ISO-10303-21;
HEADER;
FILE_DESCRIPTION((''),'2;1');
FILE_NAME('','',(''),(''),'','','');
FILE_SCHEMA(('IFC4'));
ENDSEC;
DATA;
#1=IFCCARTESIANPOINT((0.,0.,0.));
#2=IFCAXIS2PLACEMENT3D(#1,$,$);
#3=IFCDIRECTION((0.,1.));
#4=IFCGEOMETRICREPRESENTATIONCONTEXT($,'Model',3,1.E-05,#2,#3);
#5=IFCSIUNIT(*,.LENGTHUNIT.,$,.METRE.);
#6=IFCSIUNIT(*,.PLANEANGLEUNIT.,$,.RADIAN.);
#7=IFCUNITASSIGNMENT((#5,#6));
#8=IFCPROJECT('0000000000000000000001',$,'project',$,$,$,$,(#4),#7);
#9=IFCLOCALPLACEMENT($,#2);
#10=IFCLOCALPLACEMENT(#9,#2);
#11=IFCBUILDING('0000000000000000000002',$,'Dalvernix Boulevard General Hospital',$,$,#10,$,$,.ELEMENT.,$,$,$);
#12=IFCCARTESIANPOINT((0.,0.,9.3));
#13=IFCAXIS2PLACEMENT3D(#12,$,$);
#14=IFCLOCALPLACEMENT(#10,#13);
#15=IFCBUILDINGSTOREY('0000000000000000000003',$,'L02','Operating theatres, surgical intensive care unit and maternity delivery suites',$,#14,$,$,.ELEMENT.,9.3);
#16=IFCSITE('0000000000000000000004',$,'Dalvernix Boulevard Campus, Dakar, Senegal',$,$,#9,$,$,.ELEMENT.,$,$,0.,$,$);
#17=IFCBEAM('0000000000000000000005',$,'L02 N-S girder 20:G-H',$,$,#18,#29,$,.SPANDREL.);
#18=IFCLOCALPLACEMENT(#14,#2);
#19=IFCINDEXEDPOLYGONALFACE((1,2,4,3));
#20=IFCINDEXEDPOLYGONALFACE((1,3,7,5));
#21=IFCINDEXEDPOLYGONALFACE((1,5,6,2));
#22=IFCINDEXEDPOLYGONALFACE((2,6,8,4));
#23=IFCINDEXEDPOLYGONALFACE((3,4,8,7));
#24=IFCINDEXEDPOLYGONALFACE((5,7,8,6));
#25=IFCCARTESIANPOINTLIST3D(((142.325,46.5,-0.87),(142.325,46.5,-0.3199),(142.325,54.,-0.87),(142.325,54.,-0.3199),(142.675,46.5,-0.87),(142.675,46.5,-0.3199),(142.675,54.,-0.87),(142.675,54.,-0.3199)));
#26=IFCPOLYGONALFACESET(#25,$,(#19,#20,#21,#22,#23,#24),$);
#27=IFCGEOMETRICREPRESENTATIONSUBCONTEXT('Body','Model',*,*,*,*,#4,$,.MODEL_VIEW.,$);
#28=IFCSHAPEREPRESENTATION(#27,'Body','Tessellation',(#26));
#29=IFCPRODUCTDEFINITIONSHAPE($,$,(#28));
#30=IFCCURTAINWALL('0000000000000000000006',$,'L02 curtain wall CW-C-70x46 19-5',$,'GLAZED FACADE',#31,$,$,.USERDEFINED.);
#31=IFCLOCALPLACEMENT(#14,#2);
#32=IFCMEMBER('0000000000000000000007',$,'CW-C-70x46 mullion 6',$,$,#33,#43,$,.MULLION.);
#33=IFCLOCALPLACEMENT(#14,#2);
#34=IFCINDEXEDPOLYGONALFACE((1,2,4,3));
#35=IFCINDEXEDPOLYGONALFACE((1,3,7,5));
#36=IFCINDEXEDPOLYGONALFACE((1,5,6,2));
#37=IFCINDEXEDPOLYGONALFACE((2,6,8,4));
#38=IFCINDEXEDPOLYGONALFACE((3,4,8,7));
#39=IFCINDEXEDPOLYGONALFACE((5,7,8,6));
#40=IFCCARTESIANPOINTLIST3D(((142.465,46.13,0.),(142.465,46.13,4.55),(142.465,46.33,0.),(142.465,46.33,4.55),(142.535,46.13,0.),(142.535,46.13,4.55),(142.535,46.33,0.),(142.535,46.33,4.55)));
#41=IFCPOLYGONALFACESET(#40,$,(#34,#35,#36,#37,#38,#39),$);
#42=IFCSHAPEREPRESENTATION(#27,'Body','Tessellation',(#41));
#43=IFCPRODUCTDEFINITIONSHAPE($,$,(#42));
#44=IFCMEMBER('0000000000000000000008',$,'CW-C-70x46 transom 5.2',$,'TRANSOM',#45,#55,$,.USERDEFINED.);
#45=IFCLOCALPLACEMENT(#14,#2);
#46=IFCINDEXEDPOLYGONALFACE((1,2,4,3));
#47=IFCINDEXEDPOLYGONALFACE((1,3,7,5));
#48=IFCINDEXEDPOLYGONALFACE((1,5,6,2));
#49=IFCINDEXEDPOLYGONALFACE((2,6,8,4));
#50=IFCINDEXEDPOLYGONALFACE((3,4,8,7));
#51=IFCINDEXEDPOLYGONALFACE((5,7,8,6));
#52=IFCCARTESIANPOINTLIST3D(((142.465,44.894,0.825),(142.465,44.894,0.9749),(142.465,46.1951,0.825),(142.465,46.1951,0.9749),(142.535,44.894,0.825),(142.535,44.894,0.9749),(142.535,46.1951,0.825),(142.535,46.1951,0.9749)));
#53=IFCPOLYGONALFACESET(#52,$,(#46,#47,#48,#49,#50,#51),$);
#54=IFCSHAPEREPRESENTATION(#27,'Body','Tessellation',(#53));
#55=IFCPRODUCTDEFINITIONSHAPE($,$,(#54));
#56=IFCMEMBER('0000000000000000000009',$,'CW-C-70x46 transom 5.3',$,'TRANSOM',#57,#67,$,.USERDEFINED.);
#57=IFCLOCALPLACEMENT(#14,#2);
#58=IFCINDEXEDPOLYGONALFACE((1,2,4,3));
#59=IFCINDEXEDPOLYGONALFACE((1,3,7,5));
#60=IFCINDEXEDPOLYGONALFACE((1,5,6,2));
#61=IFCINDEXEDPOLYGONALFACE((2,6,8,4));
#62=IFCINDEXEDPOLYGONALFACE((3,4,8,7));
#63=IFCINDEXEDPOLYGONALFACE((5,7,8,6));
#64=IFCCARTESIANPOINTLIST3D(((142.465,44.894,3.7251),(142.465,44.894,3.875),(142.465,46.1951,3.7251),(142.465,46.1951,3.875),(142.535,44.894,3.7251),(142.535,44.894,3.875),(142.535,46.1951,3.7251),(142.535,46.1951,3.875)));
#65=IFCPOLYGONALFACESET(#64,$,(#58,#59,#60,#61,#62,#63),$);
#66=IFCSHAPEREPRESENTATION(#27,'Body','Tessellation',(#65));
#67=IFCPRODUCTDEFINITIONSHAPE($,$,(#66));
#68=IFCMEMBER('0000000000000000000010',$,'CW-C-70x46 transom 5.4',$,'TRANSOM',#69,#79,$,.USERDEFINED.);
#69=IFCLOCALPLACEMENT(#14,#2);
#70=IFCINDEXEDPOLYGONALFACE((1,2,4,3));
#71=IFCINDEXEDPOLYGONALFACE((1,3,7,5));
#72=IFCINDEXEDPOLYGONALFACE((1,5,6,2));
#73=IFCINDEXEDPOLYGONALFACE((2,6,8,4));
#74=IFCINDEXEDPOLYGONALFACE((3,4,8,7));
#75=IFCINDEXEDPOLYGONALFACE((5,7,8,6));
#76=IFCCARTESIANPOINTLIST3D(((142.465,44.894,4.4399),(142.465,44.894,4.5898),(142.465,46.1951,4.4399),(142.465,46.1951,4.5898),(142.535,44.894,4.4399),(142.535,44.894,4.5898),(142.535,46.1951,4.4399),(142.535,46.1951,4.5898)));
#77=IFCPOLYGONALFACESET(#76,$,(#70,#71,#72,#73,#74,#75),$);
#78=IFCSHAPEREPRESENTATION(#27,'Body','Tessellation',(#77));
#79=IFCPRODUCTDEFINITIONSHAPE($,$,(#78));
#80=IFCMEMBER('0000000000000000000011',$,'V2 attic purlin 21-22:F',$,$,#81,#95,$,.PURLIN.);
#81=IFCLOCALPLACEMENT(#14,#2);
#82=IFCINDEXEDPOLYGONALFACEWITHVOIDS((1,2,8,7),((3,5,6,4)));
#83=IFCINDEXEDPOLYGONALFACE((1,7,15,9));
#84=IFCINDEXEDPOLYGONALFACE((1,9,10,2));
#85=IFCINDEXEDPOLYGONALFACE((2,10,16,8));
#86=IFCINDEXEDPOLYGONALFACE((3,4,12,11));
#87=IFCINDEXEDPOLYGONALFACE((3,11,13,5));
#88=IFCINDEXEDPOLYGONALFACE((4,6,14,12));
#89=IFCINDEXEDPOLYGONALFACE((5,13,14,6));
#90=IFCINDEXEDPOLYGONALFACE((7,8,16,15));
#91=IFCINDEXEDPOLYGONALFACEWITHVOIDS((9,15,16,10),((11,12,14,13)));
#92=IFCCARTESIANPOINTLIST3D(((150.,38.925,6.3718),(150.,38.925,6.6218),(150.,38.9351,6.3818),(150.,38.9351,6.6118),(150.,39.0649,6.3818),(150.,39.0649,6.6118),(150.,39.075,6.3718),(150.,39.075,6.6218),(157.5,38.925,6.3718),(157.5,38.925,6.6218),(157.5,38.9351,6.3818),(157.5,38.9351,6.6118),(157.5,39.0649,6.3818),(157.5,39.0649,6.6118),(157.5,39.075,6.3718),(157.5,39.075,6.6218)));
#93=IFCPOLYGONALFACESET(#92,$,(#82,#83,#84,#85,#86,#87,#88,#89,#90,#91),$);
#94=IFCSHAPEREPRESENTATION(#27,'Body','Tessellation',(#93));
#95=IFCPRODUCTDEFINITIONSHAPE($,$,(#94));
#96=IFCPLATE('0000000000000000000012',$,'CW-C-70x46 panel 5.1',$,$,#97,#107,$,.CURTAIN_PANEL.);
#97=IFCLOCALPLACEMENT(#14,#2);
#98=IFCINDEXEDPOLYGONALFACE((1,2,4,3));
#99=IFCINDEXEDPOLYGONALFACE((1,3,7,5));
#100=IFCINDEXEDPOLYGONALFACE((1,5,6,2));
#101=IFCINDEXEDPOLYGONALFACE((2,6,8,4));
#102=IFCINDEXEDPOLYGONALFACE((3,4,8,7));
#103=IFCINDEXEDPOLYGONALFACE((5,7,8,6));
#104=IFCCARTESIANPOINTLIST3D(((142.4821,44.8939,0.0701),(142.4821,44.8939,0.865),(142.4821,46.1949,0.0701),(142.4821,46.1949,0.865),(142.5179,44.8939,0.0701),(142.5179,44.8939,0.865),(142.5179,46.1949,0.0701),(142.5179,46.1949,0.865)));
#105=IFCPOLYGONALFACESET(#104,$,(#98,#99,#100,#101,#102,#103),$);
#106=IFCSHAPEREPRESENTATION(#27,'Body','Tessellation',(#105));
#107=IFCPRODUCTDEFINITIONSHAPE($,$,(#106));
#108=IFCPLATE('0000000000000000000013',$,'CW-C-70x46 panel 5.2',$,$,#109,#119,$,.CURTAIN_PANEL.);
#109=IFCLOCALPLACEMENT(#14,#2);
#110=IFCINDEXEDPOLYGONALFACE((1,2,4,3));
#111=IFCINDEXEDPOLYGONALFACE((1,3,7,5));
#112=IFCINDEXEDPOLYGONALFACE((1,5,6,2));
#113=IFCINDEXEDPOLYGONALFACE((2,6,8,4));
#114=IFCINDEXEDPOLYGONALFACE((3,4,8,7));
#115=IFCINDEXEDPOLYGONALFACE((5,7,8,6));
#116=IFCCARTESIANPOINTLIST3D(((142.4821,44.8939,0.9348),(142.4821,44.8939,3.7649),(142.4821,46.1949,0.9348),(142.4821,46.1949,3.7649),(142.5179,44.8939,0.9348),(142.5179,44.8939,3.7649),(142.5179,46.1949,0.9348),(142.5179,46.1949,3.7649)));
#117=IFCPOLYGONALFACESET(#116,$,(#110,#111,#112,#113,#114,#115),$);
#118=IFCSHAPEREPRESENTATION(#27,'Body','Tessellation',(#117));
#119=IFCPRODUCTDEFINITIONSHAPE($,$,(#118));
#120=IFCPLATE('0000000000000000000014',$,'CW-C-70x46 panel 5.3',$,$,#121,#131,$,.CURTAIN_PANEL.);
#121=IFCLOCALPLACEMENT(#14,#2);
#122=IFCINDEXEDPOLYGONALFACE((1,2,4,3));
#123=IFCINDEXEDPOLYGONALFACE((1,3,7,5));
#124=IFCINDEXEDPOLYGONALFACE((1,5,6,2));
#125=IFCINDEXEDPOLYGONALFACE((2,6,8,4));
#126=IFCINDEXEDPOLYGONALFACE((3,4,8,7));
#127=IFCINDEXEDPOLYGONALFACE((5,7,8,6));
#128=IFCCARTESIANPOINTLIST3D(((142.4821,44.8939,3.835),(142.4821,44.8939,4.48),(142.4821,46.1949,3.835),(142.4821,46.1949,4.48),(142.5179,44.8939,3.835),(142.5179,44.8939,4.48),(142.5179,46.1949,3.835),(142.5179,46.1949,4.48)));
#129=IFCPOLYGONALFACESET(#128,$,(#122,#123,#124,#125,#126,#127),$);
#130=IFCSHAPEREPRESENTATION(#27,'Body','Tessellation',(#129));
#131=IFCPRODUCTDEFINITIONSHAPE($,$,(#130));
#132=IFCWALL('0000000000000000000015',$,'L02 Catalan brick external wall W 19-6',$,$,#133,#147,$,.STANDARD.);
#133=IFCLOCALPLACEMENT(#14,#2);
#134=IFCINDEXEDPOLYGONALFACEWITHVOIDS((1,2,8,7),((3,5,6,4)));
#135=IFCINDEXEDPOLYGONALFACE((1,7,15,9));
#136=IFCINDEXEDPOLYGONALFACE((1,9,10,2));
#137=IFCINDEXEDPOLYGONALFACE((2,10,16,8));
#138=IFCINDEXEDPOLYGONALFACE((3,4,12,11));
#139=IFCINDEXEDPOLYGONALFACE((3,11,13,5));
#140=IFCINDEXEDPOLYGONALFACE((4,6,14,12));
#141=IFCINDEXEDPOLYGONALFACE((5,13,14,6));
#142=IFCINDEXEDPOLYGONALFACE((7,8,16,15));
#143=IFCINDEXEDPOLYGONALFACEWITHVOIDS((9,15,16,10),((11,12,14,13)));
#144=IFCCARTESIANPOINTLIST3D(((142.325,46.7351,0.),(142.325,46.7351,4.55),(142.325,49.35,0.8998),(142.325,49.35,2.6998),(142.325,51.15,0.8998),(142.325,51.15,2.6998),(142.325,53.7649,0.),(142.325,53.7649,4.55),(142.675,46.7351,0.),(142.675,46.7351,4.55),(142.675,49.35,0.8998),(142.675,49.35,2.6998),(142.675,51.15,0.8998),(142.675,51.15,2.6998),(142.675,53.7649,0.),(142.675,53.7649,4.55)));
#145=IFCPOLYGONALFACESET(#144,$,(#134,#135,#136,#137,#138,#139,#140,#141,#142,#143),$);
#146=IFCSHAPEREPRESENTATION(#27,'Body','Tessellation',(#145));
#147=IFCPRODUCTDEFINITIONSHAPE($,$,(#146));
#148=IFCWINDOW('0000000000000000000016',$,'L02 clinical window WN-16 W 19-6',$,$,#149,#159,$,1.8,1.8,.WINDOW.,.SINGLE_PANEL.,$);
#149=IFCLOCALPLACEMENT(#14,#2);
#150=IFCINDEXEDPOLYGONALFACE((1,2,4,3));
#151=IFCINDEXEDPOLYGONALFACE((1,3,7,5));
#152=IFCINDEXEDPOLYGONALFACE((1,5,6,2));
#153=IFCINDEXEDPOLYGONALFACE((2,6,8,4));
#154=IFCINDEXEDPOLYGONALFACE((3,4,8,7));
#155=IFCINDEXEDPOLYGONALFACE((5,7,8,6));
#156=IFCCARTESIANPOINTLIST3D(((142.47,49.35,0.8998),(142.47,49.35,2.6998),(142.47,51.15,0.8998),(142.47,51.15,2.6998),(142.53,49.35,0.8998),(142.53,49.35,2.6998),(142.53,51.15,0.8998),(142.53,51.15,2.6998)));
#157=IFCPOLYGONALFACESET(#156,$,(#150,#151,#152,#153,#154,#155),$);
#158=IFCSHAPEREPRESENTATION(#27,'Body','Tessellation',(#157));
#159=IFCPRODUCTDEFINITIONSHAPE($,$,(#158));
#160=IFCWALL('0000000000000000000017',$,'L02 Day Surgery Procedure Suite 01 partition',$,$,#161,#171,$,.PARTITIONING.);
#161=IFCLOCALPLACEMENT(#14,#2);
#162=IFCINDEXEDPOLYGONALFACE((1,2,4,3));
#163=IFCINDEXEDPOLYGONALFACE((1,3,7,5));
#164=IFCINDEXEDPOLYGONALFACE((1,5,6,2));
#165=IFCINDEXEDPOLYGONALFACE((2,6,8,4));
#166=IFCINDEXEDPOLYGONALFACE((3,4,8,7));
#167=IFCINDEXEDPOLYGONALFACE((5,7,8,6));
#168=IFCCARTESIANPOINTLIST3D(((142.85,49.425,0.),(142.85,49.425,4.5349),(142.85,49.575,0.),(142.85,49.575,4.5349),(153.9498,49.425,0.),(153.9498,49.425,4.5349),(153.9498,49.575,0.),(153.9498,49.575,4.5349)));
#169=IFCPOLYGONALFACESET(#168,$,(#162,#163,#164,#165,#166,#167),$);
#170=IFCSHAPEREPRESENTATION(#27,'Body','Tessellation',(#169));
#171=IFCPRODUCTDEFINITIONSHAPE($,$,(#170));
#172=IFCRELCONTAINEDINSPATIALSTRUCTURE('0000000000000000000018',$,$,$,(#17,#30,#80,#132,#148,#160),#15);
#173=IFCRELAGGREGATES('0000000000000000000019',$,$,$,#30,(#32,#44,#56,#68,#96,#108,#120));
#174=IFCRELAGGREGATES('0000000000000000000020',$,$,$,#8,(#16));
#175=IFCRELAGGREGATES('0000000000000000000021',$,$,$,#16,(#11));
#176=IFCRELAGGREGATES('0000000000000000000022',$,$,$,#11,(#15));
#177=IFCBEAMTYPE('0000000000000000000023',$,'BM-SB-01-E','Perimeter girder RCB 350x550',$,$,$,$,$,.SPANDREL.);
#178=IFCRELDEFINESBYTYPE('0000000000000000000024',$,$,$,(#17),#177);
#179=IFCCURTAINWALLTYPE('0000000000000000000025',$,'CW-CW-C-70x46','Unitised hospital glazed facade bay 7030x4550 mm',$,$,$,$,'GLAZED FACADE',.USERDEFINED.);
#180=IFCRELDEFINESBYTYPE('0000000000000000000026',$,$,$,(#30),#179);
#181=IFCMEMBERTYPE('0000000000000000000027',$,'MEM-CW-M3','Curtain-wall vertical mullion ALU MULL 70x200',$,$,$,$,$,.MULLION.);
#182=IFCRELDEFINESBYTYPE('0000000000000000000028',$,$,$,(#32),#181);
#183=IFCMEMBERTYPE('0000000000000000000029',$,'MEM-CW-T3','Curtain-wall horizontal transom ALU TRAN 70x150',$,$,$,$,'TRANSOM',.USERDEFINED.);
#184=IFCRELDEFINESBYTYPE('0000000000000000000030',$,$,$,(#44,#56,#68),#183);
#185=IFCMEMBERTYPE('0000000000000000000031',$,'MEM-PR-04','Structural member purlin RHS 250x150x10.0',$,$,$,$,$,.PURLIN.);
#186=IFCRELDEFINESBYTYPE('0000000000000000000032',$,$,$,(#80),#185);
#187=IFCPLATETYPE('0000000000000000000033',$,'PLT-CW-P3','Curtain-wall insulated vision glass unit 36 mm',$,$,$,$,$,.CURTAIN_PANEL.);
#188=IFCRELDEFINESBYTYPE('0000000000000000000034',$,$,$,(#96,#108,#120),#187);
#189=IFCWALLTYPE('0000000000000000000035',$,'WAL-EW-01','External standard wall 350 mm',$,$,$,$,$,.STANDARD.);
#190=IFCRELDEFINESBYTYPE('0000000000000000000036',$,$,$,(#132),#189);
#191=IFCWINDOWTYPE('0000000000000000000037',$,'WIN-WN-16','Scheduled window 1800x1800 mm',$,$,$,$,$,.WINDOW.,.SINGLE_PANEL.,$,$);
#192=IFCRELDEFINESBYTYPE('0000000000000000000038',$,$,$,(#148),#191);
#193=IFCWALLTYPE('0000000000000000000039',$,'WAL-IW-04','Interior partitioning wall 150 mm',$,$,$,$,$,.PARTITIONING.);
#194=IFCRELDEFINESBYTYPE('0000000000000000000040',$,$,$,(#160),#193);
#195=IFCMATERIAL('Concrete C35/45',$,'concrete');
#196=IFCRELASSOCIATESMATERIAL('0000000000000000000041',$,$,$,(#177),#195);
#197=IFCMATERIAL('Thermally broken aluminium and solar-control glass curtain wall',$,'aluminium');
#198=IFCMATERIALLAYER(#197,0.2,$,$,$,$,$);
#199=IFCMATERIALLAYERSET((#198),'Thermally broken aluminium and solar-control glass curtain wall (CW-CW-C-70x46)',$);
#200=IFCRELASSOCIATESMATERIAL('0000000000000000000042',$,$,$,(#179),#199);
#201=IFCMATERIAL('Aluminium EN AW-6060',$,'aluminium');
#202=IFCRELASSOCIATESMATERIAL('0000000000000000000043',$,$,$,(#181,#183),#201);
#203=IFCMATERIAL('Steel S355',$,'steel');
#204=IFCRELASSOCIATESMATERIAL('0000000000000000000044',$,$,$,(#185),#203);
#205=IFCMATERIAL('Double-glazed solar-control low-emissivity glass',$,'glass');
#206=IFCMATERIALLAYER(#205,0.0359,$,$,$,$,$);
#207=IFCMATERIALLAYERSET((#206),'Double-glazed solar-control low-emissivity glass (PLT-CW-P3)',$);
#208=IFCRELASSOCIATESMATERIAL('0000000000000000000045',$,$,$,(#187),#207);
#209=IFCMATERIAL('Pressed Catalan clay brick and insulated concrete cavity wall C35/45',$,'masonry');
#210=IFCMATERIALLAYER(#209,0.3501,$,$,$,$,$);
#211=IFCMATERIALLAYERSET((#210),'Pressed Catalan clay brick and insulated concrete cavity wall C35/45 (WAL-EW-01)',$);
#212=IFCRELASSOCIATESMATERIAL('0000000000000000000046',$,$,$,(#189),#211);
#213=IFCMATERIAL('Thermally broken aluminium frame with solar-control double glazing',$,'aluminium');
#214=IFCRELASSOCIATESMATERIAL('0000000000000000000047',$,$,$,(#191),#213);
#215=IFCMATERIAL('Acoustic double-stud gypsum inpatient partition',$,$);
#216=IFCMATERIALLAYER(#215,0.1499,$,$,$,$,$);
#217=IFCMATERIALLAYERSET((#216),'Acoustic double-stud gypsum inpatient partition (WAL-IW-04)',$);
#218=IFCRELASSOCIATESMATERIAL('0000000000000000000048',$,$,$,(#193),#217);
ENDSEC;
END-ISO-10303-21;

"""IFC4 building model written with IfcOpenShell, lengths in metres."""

from ifc_helpers import new_model, si_unit, direction, frame, frame_2d, origin, origin_2d, place, context, subcontext, project, spatial, rectangle, hollow_rectangle, extrude, material, layer, layer_set, material_profile, profile_set, type_object, element, fill, aggregate, save


model = new_model("IFC4")

# Units and contexts
model_context = context("Model", 3, precision=1e-05, world=origin(), true_north=direction((0.0, 1.0)))
body_context = subcontext(model_context, "Body", "Model", "MODEL_VIEW")
ifc_project = project(units=[si_unit("LENGTHUNIT", "METRE"), si_unit("PLANEANGLEUNIT", "RADIAN")], contexts=[model_context])

# Site, building, storey
site_placement = place(None, origin())
site = spatial("IfcSite", under=ifc_project, at=site_placement, Name="Dalvernix Boulevard Campus, Dakar, Senegal", CompositionType="ELEMENT", RefElevation=0.0)
building_placement = place(site_placement, origin())
building = spatial("IfcBuilding", under=site, at=building_placement, Name="Dalvernix Boulevard General Hospital", CompositionType="ELEMENT")
storey_placement = place(building_placement, frame((0.0, 0.0, 9.3)))
storey = spatial("IfcBuildingStorey", under=building, at=storey_placement, Name="L02", Description="Operating theatres, surgical intensive care unit and maternity delivery suites", CompositionType="ELEMENT", Elevation=9.3)

# Shared definitions
ifc_material_1 = material(Name="Steel S355", Category="steel")

# Beam
ifc_material_2 = material(Name="Concrete C35/45", Category="concrete")
ifc_material_profile_1 = material_profile(ifc_material_2, rectangle(XDim=0.3501, YDim=0.55, at=origin_2d()), Name="RCB 350x550")
ifc_profile_set_1 = profile_set([ifc_material_profile_1], Name="Concrete C35/45")
beam_type_1 = type_object("IfcBeamType", Name="BM-SB-01-E", Description="Perimeter girder RCB 350x550", PredefinedType="SPANDREL", material=ifc_profile_set_1)
beam_1_placement = place(storey_placement, frame((142.5, 46.5, -0.595), z_axis=(0.0, 1.0, 0.0), x_axis=(-1.0, 0.0, 0.0)))
element("IfcBeam", 1, at=beam_1_placement, inside=storey, type_object=beam_type_1, Name="L02 N-S girder 20:G-H", PredefinedType="SPANDREL", context=body_context, shape_type="SweptSolid", body=[
    extrude(rectangle(XDim=0.3501, YDim=0.55, at=origin_2d()), origin(), (0.0, 0.0, 1.0), 7.5),
])

# Curtain wall, members
ifc_material_3 = material(Name="Thermally broken aluminium and solar-control glass curtain wall", Category="aluminium")
ifc_layer_1 = layer(ifc_material_3, 0.2)
ifc_layer_set_1 = layer_set([ifc_layer_1], Name="Thermally broken aluminium and solar-control glass curtain wall (CW-CW-C-70x46)")
curtain_wall_type = type_object("IfcCurtainWallType", Name="CW-CW-C-70x46", Description="Unitised hospital glazed facade bay 7030x4550 mm", ElementType="GLAZED FACADE", PredefinedType="USERDEFINED", material=ifc_layer_set_1)
curtain_wall_placement = place(storey_placement, origin())
curtain_wall = element("IfcCurtainWall", 2, at=curtain_wall_placement, inside=storey, type_object=curtain_wall_type, Name="L02 curtain wall CW-C-70x46 19-5", ObjectType="GLAZED FACADE", PredefinedType="USERDEFINED")
ifc_material_4 = material(Name="Aluminium EN AW-6060", Category="aluminium")
ifc_material_profile_2 = material_profile(ifc_material_4, rectangle(XDim=0.0701, YDim=0.2, at=origin_2d()), Name="ALU MULL 70x200")
ifc_profile_set_2 = profile_set([ifc_material_profile_2], Name="Aluminium EN AW-6060")
member_type_1 = type_object("IfcMemberType", Name="MEM-CW-M3", Description="Curtain-wall vertical mullion ALU MULL 70x200", PredefinedType="MULLION", material=ifc_profile_set_2)
member_1_placement = place(storey_placement, frame((142.5, 46.23, 0.0), z_axis=(0.0, 0.0, 1.0), x_axis=(-1.0, 0.0, 0.0)))
member_1 = element("IfcMember", 3, at=member_1_placement, type_object=member_type_1, Name="CW-C-70x46 mullion 6", PredefinedType="MULLION", context=body_context, shape_type="SweptSolid", body=[
    extrude(rectangle(XDim=0.0701, YDim=0.2, at=origin_2d()), origin(), (0.0, 0.0, 1.0), 4.55),
])
ifc_material_profile_3 = material_profile(ifc_material_4, rectangle(XDim=0.0701, YDim=0.1499, at=origin_2d()), Name="ALU TRAN 70x150")
ifc_profile_set_3 = profile_set([ifc_material_profile_3], Name="Aluminium EN AW-6060")
member_type_2 = type_object("IfcMemberType", Name="MEM-CW-T3", Description="Curtain-wall horizontal transom ALU TRAN 70x150", ElementType="TRANSOM", PredefinedType="USERDEFINED", material=ifc_profile_set_3)
member_2_placement = place(storey_placement, frame((142.5, 44.894, 0.8999), z_axis=(0.0, 1.0, 0.0), x_axis=(-1.0, 0.0, 0.0)))
member_2 = element("IfcMember", 4, at=member_2_placement, type_object=member_type_2, Name="CW-C-70x46 transom 5.2", ObjectType="TRANSOM", PredefinedType="USERDEFINED", context=body_context, shape_type="SweptSolid", body=[
    extrude(rectangle(XDim=0.0701, YDim=0.1499, at=origin_2d()), origin(), (0.0, 0.0, 1.0), 1.301),
])
member_3_placement = place(storey_placement, frame((142.5, 44.894, 3.8), z_axis=(0.0, 1.0, 0.0), x_axis=(-1.0, 0.0, 0.0)))
member_3 = element("IfcMember", 5, at=member_3_placement, type_object=member_type_2, Name="CW-C-70x46 transom 5.3", ObjectType="TRANSOM", PredefinedType="USERDEFINED", context=body_context, shape_type="SweptSolid", body=[
    extrude(rectangle(XDim=0.0701, YDim=0.1499, at=origin_2d()), origin(), (0.0, 0.0, 1.0), 1.301),
])
member_4_placement = place(storey_placement, frame((142.5, 44.894, 4.5149), z_axis=(0.0, 1.0, 0.0), x_axis=(-1.0, 0.0, 0.0)))
member_4 = element("IfcMember", 6, at=member_4_placement, type_object=member_type_2, Name="CW-C-70x46 transom 5.4", ObjectType="TRANSOM", PredefinedType="USERDEFINED", context=body_context, shape_type="SweptSolid", body=[
    extrude(rectangle(XDim=0.0701, YDim=0.1499, at=origin_2d()), origin(), (0.0, 0.0, 1.0), 1.301),
])

# Member
ifc_material_profile_4 = material_profile(ifc_material_1, hollow_rectangle(XDim=0.1499, YDim=0.25, WallThickness=0.01, at=origin_2d()), Name="RHS 250x150x10.0")
ifc_profile_set_4 = profile_set([ifc_material_profile_4], Name="Steel S355")
member_type_3 = type_object("IfcMemberType", Name="MEM-PR-04", Description="Structural member purlin RHS 250x150x10.0", PredefinedType="PURLIN", material=ifc_profile_set_4)
member_5_placement = place(storey_placement, frame((150.0, 39.0, 6.4968), z_axis=(1.0, 0.0, 0.0), x_axis=(0.0, 1.0, 0.0)))
element("IfcMember", 7, at=member_5_placement, inside=storey, type_object=member_type_3, Name="V2 attic purlin 21-22:F", PredefinedType="PURLIN", context=body_context, shape_type="SweptSolid", body=[
    extrude(hollow_rectangle(XDim=0.1499, YDim=0.25, WallThickness=0.01, at=origin_2d()), origin(), (0.0, 0.0, 1.0), 7.5),
])

# Plates
ifc_material_5 = material(Name="Double-glazed solar-control low-emissivity glass", Category="glass")
ifc_layer_2 = layer(ifc_material_5, 0.0359)
ifc_layer_set_2 = layer_set([ifc_layer_2], Name="Double-glazed solar-control low-emissivity glass (PLT-CW-P3)")
plate_type = type_object("IfcPlateType", Name="PLT-CW-P3", Description="Curtain-wall insulated vision glass unit 36 mm", PredefinedType="CURTAIN_PANEL", material=ifc_layer_set_2)
plate_1_placement = place(storey_placement, frame((142.5, 45.5444, 0.0701), z_axis=(0.0, 0.0, 1.0), x_axis=(0.0, 1.0, 0.0)))
plate_1 = element("IfcPlate", 8, at=plate_1_placement, type_object=plate_type, Name="CW-C-70x46 panel 5.1", PredefinedType="CURTAIN_PANEL", context=body_context, shape_type="SweptSolid", body=[
    extrude(rectangle(XDim=1.301, YDim=0.0359, at=origin_2d()), origin(), (0.0, 0.0, 1.0), 0.7949),
])
plate_2_placement = place(storey_placement, frame((142.5, 45.5444, 0.9348), z_axis=(0.0, 0.0, 1.0), x_axis=(0.0, 1.0, 0.0)))
plate_2 = element("IfcPlate", 9, at=plate_2_placement, type_object=plate_type, Name="CW-C-70x46 panel 5.2", PredefinedType="CURTAIN_PANEL", context=body_context, shape_type="SweptSolid", body=[
    extrude(rectangle(XDim=1.301, YDim=0.0359, at=origin_2d()), origin(), (0.0, 0.0, 1.0), 2.8301),
])
plate_3_placement = place(storey_placement, frame((142.5, 45.5444, 3.835), z_axis=(0.0, 0.0, 1.0), x_axis=(0.0, 1.0, 0.0)))
plate_3 = element("IfcPlate", 10, at=plate_3_placement, type_object=plate_type, Name="CW-C-70x46 panel 5.3", PredefinedType="CURTAIN_PANEL", context=body_context, shape_type="SweptSolid", body=[
    extrude(rectangle(XDim=1.301, YDim=0.0359, at=origin_2d()), origin(), (0.0, 0.0, 1.0), 0.645),
])
aggregate(curtain_wall, [member_1, member_2, member_3, member_4, plate_1, plate_2, plate_3])

# Wall, opening, window
ifc_material_6 = material(Name="Pressed Catalan clay brick and insulated concrete cavity wall C35/45", Category="masonry")
ifc_layer_3 = layer(ifc_material_6, 0.3501)
ifc_layer_set_3 = layer_set([ifc_layer_3], Name="Pressed Catalan clay brick and insulated concrete cavity wall C35/45 (WAL-EW-01)")
wall_type_1 = type_object("IfcWallType", Name="WAL-EW-01", Description="External standard wall 350 mm", PredefinedType="STANDARD", material=ifc_layer_set_3)
wall_1_placement = place(storey_placement, frame((142.5, 46.7351, 0.0), z_axis=(0.0, 0.0, 1.0), x_axis=(0.0, 1.0, 0.0)))
wall_1 = element("IfcWall", 11, at=wall_1_placement, inside=storey, type_object=wall_type_1, Name="L02 Catalan brick external wall W 19-6", PredefinedType="STANDARD", context=body_context, shape_type="SweptSolid", body=[
    extrude(rectangle(XDim=7.0298, YDim=0.3501, at=frame_2d((3.5149, 0.0))), origin(), (0.0, 0.0, 1.0), 4.55),
])
opening_placement = place(wall_1_placement, frame((2.615, 0.0, 0.8999)))
opening = element("IfcOpeningElement", 12, at=opening_placement, cuts=wall_1, PredefinedType="OPENING", context=body_context, shape_type="SweptSolid", body=[
    extrude(rectangle(XDim=1.8, YDim=1.8, at=frame_2d((0.8999, 0.8999))), frame((0.0, 0.1851, 0.0), z_axis=(0.0, -1.0, 0.0), x_axis=(1.0, 0.0, 0.0)), (0.0, 0.0, 1.0), 0.3701),
])
ifc_material_7 = material(Name="Thermally broken aluminium frame with solar-control double glazing", Category="aluminium")
window_type = type_object("IfcWindowType", Name="WIN-WN-16", Description="Scheduled window 1800x1800 mm", PartitioningType="SINGLE_PANEL", PredefinedType="WINDOW", material=ifc_material_7)
window_placement = place(opening_placement, origin())
window = element("IfcWindow", 13, at=window_placement, inside=storey, type_object=window_type, Name="L02 clinical window WN-16 W 19-6", OverallHeight=1.8, OverallWidth=1.8, PartitioningType="SINGLE_PANEL", PredefinedType="WINDOW", context=body_context, shape_type="SweptSolid", body=[
    extrude(rectangle(XDim=1.8, YDim=1.8, at=frame_2d((0.8999, 0.8999))), frame((0.0, 0.03, 0.0), z_axis=(0.0, -1.0, 0.0), x_axis=(1.0, 0.0, 0.0)), (0.0, 0.0, 1.0), 0.0601),
])
fill(opening, window)

# Wall
ifc_material_8 = material(Name="Acoustic double-stud gypsum inpatient partition")
ifc_layer_4 = layer(ifc_material_8, 0.1499)
ifc_layer_set_4 = layer_set([ifc_layer_4], Name="Acoustic double-stud gypsum inpatient partition (WAL-IW-04)")
wall_type_2 = type_object("IfcWallType", Name="WAL-IW-04", Description="Interior partitioning wall 150 mm", PredefinedType="PARTITIONING", material=ifc_layer_set_4)
wall_2_placement = place(storey_placement, frame((142.8501, 49.5, 0.0), z_axis=(0.0, 0.0, 1.0), x_axis=(1.0, 0.0, 0.0)))
element("IfcWall", 14, at=wall_2_placement, inside=storey, type_object=wall_type_2, Name="L02 Day Surgery Procedure Suite 01 partition", PredefinedType="PARTITIONING", context=body_context, shape_type="SweptSolid", body=[
    extrude(rectangle(XDim=11.0999, YDim=0.1499, at=frame_2d((5.5498, 0.0))), origin(), (0.0, 0.0, 1.0), 4.5349),
])

save(model, "model.ifc")
